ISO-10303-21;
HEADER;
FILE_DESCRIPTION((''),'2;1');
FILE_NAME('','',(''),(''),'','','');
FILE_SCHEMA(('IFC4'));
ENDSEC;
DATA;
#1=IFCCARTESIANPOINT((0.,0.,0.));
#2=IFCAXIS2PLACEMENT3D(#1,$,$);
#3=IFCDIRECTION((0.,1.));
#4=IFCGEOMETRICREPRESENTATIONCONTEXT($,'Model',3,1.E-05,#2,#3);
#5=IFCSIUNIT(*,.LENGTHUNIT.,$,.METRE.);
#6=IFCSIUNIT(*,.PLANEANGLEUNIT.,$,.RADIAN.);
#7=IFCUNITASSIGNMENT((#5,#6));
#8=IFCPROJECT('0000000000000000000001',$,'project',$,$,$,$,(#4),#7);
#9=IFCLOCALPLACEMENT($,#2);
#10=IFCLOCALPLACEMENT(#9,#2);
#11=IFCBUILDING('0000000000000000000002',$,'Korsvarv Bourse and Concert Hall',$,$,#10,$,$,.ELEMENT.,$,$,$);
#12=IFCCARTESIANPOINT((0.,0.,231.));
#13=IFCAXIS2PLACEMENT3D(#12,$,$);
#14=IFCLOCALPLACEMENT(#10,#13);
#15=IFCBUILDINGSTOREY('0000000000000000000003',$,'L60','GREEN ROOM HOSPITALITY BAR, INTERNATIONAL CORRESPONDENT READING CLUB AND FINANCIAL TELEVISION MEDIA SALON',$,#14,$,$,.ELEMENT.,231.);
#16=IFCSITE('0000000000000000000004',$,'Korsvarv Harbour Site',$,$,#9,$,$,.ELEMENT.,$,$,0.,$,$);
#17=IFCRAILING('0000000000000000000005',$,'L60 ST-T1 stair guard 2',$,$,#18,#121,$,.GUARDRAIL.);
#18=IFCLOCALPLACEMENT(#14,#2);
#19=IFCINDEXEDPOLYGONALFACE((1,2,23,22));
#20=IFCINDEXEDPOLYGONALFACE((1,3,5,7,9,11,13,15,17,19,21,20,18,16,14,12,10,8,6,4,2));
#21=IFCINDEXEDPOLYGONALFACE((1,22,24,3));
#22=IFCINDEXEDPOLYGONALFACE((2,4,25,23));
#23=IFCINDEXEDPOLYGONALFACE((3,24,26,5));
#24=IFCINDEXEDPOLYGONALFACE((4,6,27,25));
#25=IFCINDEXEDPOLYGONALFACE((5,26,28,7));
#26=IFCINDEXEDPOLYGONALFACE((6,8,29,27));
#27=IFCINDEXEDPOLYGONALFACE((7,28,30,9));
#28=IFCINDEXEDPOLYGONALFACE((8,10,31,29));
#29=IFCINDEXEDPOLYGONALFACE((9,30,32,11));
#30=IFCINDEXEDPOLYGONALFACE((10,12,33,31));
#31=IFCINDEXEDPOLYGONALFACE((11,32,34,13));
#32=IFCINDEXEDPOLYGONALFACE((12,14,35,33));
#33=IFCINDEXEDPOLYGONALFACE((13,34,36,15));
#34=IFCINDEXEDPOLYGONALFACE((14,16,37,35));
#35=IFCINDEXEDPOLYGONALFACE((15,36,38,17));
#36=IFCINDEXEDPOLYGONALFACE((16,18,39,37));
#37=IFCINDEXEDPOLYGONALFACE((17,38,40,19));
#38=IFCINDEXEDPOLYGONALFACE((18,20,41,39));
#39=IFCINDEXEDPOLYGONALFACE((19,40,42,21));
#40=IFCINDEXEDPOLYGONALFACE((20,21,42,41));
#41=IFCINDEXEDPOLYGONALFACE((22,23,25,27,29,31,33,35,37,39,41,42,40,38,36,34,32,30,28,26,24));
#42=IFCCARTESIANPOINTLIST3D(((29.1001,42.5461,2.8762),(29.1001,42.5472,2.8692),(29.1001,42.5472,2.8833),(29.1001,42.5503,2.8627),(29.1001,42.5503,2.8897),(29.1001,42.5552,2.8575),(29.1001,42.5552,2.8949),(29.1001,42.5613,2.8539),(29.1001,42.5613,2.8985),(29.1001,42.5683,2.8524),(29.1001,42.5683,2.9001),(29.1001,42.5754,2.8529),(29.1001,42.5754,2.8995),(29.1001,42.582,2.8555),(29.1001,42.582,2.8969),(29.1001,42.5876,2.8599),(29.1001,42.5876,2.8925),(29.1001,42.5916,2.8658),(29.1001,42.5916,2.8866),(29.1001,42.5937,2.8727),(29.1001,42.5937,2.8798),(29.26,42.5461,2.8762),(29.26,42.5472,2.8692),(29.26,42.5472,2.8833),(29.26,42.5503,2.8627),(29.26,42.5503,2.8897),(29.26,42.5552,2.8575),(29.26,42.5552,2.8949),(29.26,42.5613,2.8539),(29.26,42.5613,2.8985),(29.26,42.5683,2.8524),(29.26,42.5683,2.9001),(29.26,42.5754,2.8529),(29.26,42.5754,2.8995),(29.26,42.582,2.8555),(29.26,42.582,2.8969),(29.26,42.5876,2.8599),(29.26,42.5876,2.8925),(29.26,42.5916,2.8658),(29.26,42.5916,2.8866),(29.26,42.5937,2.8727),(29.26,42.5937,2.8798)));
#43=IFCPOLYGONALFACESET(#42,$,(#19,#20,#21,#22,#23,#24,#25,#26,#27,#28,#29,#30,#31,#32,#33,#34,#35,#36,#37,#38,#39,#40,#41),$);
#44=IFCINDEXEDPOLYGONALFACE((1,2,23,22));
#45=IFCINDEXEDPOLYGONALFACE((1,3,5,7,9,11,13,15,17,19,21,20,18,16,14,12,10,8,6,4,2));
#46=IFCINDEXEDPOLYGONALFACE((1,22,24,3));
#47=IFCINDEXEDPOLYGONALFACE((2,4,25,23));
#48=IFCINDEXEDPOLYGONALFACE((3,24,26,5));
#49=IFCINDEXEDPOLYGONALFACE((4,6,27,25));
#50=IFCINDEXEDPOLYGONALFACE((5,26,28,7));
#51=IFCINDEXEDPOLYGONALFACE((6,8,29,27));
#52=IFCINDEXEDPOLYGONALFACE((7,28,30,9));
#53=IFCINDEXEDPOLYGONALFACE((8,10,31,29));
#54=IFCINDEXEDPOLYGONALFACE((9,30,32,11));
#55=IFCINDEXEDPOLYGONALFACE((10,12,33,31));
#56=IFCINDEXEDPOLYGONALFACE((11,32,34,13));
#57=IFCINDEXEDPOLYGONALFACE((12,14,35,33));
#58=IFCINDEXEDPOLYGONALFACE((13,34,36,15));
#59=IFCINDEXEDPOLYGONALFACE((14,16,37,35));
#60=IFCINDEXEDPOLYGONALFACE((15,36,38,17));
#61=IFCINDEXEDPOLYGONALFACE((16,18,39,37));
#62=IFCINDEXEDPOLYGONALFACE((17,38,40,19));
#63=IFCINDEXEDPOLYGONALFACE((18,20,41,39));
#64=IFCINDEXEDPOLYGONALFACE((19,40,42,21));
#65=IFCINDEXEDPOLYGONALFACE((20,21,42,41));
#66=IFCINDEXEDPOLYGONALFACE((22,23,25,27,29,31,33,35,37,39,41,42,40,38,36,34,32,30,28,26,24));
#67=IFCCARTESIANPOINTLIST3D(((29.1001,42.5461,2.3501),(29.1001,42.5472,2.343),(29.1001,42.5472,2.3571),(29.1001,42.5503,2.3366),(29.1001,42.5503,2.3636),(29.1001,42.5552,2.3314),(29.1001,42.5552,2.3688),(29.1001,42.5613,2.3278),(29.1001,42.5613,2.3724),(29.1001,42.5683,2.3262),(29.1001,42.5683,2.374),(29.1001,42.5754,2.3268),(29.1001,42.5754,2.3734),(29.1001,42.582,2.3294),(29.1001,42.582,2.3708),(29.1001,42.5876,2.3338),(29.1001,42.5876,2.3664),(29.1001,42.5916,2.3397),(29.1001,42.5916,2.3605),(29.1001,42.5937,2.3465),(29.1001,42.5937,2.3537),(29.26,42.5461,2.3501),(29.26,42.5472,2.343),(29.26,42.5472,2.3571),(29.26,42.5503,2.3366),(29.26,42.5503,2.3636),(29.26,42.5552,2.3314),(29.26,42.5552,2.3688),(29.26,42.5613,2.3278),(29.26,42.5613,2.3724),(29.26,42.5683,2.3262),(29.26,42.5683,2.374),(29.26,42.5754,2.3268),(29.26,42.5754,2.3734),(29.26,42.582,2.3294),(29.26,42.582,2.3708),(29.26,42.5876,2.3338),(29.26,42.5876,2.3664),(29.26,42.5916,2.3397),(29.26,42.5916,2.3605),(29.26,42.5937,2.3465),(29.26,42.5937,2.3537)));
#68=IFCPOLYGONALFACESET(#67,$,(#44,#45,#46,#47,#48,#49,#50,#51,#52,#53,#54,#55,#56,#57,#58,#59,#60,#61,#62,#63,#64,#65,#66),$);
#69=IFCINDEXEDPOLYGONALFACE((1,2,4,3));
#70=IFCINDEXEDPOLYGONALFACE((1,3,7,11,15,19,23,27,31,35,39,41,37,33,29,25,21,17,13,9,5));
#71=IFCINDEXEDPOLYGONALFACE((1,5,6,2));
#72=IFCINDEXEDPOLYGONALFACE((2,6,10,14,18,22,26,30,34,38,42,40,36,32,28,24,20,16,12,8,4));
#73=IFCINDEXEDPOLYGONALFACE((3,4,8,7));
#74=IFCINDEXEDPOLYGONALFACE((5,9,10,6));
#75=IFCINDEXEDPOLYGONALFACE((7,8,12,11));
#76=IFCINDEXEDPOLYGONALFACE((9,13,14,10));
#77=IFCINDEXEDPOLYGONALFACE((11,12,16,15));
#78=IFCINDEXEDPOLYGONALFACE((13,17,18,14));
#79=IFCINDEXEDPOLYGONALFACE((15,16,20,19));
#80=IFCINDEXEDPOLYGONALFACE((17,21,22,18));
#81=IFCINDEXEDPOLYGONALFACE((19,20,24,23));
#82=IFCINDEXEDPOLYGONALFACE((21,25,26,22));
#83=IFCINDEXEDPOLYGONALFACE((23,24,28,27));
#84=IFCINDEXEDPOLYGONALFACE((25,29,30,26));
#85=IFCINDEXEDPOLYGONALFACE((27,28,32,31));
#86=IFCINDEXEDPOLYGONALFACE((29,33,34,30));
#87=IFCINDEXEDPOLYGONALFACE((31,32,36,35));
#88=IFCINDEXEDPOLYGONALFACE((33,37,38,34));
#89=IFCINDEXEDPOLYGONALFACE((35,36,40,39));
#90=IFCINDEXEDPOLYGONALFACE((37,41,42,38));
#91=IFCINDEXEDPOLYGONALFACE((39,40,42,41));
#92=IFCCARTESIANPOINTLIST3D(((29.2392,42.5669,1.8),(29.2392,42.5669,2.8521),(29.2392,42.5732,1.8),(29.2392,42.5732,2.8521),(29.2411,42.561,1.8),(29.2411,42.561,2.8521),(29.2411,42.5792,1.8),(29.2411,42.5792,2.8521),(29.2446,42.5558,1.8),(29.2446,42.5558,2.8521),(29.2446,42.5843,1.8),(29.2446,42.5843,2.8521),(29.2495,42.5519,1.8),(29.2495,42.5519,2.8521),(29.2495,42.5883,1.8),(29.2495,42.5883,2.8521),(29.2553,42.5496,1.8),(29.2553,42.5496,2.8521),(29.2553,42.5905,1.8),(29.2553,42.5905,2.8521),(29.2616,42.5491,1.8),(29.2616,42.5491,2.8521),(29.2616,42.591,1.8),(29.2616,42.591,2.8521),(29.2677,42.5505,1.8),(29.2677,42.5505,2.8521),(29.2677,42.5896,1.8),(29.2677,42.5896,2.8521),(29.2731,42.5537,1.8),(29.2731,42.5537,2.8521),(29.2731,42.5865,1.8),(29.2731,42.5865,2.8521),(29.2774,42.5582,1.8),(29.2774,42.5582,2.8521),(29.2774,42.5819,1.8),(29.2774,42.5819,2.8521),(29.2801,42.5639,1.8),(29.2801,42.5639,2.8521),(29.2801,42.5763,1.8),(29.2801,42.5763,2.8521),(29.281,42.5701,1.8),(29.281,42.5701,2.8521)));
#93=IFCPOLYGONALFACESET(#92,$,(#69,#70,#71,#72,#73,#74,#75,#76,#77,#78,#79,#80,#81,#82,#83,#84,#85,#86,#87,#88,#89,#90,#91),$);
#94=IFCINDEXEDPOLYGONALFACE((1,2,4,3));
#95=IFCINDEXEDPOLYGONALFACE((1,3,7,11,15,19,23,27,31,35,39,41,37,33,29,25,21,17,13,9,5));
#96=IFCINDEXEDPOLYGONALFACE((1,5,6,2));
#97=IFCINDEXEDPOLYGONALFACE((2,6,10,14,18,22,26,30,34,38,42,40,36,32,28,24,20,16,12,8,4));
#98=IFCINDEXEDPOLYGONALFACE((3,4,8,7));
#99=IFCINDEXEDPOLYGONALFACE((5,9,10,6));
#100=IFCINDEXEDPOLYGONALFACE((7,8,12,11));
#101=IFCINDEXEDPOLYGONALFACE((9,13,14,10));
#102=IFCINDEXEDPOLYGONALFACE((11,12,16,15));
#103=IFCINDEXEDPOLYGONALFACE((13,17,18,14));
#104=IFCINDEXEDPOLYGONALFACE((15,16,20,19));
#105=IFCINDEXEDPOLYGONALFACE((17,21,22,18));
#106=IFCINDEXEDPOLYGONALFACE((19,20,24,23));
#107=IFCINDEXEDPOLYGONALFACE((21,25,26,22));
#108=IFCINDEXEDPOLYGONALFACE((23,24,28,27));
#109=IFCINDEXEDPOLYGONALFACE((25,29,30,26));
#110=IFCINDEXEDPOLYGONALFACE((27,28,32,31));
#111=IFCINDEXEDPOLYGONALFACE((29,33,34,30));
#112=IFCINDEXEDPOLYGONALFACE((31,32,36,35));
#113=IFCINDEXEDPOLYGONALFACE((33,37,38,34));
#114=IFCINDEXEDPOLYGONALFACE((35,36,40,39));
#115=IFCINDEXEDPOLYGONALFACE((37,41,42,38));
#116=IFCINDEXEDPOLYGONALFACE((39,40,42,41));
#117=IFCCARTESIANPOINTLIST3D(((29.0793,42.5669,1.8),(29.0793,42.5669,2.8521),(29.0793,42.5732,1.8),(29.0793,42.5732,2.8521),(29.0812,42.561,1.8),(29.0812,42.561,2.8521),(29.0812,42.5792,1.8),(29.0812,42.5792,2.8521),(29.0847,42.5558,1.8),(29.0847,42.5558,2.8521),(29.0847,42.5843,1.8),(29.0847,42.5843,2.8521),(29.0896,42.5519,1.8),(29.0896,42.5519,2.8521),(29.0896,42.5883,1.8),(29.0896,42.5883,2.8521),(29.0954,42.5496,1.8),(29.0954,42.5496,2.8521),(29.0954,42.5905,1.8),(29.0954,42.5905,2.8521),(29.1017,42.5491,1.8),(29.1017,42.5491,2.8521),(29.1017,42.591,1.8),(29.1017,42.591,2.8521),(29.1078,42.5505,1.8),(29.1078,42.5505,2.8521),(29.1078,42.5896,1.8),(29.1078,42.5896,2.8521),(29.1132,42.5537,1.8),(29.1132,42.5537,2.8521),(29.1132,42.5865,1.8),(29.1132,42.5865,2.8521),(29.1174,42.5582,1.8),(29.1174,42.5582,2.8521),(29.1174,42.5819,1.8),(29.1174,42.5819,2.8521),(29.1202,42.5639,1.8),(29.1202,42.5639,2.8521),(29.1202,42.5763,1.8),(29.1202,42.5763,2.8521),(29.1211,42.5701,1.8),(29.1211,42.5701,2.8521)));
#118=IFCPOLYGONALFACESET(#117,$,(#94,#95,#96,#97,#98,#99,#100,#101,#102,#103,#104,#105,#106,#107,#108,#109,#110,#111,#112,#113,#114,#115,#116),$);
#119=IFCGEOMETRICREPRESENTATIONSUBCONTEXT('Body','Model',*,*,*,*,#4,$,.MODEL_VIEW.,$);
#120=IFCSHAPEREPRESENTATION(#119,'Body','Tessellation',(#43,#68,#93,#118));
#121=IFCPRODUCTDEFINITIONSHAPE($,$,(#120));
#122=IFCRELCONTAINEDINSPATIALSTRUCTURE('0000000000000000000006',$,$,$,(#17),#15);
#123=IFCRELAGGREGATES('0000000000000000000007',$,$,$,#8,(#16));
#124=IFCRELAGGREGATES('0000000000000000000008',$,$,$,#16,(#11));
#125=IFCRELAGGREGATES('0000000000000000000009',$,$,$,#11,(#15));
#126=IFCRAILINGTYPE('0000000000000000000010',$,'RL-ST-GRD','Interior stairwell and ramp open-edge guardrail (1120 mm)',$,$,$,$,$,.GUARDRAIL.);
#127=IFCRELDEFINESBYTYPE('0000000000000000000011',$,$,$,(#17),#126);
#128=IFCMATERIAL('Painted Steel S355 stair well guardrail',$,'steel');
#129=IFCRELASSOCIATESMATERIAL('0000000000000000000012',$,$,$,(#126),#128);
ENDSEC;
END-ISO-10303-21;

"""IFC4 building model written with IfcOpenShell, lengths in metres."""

from ifc_helpers import new_model, si_unit, direction, frame, origin, origin_2d, place, context, subcontext, project, spatial, circle, extrude, material, type_object, element, save


model = new_model("IFC4")

# Units and contexts
model_context = context("Model", 3, precision=1e-05, world=origin(), true_north=direction((0.0, 1.0)))
body_context = subcontext(model_context, "Body", "Model", "MODEL_VIEW")
ifc_project = project(units=[si_unit("LENGTHUNIT", "METRE"), si_unit("PLANEANGLEUNIT", "RADIAN")], contexts=[model_context])

# Site, building, storey
site_placement = place(None, origin())
site = spatial("IfcSite", under=ifc_project, at=site_placement, Name="Korsvarv Harbour Site", CompositionType="ELEMENT", RefElevation=0.0)
building_placement = place(site_placement, origin())
building = spatial("IfcBuilding", under=site, at=building_placement, Name="Korsvarv Bourse and Concert Hall", CompositionType="ELEMENT")
storey_placement = place(building_placement, frame((0.0, 0.0, 231.0)))
storey = spatial("IfcBuildingStorey", under=building, at=storey_placement, Name="L60", Description="GREEN ROOM HOSPITALITY BAR, INTERNATIONAL CORRESPONDENT READING CLUB AND FINANCIAL TELEVISION MEDIA SALON", CompositionType="ELEMENT", Elevation=231.0)

# Railing
ifc_material_1 = material(Name="Painted Steel S355 stair well guardrail", Category="steel")
railing_type_1 = type_object("IfcRailingType", Name="RL-ST-GRD", Description="Interior stairwell and ramp open-edge guardrail (1120 mm)", PredefinedType="GUARDRAIL", material=ifc_material_1)
railing_1_placement = place(storey_placement, frame((29.26, 42.5701, 1.8)))
element("IfcRailing", 1, at=railing_1_placement, inside=storey, type_object=railing_type_1, Name="L60 ST-T1 stair guard 2", PredefinedType="GUARDRAIL", context=body_context, shape_type="SweptSolid", body=[
    extrude(circle(Radius=0.0239, at=origin_2d()), frame((0.0, 0.0, 1.0762), z_axis=(-1.0, 0.0, 0.0), x_axis=(0.0, -1.0, 0.0)), (0.0, 0.0, 1.0), 0.1599),
    extrude(circle(Radius=0.0239, at=origin_2d()), frame((0.0, 0.0, 0.55), z_axis=(-1.0, 0.0, 0.0), x_axis=(0.0, -1.0, 0.0)), (0.0, 0.0, 1.0), 0.1599),
    extrude(circle(Radius=0.021, at=origin_2d()), origin(), (0.0, 0.0, 1.0), 1.052),
    extrude(circle(Radius=0.021, at=origin_2d()), frame((-0.1599, 0.0, 0.0)), (0.0, 0.0, 1.0), 1.052),
])

save(model, "model.ifc")
